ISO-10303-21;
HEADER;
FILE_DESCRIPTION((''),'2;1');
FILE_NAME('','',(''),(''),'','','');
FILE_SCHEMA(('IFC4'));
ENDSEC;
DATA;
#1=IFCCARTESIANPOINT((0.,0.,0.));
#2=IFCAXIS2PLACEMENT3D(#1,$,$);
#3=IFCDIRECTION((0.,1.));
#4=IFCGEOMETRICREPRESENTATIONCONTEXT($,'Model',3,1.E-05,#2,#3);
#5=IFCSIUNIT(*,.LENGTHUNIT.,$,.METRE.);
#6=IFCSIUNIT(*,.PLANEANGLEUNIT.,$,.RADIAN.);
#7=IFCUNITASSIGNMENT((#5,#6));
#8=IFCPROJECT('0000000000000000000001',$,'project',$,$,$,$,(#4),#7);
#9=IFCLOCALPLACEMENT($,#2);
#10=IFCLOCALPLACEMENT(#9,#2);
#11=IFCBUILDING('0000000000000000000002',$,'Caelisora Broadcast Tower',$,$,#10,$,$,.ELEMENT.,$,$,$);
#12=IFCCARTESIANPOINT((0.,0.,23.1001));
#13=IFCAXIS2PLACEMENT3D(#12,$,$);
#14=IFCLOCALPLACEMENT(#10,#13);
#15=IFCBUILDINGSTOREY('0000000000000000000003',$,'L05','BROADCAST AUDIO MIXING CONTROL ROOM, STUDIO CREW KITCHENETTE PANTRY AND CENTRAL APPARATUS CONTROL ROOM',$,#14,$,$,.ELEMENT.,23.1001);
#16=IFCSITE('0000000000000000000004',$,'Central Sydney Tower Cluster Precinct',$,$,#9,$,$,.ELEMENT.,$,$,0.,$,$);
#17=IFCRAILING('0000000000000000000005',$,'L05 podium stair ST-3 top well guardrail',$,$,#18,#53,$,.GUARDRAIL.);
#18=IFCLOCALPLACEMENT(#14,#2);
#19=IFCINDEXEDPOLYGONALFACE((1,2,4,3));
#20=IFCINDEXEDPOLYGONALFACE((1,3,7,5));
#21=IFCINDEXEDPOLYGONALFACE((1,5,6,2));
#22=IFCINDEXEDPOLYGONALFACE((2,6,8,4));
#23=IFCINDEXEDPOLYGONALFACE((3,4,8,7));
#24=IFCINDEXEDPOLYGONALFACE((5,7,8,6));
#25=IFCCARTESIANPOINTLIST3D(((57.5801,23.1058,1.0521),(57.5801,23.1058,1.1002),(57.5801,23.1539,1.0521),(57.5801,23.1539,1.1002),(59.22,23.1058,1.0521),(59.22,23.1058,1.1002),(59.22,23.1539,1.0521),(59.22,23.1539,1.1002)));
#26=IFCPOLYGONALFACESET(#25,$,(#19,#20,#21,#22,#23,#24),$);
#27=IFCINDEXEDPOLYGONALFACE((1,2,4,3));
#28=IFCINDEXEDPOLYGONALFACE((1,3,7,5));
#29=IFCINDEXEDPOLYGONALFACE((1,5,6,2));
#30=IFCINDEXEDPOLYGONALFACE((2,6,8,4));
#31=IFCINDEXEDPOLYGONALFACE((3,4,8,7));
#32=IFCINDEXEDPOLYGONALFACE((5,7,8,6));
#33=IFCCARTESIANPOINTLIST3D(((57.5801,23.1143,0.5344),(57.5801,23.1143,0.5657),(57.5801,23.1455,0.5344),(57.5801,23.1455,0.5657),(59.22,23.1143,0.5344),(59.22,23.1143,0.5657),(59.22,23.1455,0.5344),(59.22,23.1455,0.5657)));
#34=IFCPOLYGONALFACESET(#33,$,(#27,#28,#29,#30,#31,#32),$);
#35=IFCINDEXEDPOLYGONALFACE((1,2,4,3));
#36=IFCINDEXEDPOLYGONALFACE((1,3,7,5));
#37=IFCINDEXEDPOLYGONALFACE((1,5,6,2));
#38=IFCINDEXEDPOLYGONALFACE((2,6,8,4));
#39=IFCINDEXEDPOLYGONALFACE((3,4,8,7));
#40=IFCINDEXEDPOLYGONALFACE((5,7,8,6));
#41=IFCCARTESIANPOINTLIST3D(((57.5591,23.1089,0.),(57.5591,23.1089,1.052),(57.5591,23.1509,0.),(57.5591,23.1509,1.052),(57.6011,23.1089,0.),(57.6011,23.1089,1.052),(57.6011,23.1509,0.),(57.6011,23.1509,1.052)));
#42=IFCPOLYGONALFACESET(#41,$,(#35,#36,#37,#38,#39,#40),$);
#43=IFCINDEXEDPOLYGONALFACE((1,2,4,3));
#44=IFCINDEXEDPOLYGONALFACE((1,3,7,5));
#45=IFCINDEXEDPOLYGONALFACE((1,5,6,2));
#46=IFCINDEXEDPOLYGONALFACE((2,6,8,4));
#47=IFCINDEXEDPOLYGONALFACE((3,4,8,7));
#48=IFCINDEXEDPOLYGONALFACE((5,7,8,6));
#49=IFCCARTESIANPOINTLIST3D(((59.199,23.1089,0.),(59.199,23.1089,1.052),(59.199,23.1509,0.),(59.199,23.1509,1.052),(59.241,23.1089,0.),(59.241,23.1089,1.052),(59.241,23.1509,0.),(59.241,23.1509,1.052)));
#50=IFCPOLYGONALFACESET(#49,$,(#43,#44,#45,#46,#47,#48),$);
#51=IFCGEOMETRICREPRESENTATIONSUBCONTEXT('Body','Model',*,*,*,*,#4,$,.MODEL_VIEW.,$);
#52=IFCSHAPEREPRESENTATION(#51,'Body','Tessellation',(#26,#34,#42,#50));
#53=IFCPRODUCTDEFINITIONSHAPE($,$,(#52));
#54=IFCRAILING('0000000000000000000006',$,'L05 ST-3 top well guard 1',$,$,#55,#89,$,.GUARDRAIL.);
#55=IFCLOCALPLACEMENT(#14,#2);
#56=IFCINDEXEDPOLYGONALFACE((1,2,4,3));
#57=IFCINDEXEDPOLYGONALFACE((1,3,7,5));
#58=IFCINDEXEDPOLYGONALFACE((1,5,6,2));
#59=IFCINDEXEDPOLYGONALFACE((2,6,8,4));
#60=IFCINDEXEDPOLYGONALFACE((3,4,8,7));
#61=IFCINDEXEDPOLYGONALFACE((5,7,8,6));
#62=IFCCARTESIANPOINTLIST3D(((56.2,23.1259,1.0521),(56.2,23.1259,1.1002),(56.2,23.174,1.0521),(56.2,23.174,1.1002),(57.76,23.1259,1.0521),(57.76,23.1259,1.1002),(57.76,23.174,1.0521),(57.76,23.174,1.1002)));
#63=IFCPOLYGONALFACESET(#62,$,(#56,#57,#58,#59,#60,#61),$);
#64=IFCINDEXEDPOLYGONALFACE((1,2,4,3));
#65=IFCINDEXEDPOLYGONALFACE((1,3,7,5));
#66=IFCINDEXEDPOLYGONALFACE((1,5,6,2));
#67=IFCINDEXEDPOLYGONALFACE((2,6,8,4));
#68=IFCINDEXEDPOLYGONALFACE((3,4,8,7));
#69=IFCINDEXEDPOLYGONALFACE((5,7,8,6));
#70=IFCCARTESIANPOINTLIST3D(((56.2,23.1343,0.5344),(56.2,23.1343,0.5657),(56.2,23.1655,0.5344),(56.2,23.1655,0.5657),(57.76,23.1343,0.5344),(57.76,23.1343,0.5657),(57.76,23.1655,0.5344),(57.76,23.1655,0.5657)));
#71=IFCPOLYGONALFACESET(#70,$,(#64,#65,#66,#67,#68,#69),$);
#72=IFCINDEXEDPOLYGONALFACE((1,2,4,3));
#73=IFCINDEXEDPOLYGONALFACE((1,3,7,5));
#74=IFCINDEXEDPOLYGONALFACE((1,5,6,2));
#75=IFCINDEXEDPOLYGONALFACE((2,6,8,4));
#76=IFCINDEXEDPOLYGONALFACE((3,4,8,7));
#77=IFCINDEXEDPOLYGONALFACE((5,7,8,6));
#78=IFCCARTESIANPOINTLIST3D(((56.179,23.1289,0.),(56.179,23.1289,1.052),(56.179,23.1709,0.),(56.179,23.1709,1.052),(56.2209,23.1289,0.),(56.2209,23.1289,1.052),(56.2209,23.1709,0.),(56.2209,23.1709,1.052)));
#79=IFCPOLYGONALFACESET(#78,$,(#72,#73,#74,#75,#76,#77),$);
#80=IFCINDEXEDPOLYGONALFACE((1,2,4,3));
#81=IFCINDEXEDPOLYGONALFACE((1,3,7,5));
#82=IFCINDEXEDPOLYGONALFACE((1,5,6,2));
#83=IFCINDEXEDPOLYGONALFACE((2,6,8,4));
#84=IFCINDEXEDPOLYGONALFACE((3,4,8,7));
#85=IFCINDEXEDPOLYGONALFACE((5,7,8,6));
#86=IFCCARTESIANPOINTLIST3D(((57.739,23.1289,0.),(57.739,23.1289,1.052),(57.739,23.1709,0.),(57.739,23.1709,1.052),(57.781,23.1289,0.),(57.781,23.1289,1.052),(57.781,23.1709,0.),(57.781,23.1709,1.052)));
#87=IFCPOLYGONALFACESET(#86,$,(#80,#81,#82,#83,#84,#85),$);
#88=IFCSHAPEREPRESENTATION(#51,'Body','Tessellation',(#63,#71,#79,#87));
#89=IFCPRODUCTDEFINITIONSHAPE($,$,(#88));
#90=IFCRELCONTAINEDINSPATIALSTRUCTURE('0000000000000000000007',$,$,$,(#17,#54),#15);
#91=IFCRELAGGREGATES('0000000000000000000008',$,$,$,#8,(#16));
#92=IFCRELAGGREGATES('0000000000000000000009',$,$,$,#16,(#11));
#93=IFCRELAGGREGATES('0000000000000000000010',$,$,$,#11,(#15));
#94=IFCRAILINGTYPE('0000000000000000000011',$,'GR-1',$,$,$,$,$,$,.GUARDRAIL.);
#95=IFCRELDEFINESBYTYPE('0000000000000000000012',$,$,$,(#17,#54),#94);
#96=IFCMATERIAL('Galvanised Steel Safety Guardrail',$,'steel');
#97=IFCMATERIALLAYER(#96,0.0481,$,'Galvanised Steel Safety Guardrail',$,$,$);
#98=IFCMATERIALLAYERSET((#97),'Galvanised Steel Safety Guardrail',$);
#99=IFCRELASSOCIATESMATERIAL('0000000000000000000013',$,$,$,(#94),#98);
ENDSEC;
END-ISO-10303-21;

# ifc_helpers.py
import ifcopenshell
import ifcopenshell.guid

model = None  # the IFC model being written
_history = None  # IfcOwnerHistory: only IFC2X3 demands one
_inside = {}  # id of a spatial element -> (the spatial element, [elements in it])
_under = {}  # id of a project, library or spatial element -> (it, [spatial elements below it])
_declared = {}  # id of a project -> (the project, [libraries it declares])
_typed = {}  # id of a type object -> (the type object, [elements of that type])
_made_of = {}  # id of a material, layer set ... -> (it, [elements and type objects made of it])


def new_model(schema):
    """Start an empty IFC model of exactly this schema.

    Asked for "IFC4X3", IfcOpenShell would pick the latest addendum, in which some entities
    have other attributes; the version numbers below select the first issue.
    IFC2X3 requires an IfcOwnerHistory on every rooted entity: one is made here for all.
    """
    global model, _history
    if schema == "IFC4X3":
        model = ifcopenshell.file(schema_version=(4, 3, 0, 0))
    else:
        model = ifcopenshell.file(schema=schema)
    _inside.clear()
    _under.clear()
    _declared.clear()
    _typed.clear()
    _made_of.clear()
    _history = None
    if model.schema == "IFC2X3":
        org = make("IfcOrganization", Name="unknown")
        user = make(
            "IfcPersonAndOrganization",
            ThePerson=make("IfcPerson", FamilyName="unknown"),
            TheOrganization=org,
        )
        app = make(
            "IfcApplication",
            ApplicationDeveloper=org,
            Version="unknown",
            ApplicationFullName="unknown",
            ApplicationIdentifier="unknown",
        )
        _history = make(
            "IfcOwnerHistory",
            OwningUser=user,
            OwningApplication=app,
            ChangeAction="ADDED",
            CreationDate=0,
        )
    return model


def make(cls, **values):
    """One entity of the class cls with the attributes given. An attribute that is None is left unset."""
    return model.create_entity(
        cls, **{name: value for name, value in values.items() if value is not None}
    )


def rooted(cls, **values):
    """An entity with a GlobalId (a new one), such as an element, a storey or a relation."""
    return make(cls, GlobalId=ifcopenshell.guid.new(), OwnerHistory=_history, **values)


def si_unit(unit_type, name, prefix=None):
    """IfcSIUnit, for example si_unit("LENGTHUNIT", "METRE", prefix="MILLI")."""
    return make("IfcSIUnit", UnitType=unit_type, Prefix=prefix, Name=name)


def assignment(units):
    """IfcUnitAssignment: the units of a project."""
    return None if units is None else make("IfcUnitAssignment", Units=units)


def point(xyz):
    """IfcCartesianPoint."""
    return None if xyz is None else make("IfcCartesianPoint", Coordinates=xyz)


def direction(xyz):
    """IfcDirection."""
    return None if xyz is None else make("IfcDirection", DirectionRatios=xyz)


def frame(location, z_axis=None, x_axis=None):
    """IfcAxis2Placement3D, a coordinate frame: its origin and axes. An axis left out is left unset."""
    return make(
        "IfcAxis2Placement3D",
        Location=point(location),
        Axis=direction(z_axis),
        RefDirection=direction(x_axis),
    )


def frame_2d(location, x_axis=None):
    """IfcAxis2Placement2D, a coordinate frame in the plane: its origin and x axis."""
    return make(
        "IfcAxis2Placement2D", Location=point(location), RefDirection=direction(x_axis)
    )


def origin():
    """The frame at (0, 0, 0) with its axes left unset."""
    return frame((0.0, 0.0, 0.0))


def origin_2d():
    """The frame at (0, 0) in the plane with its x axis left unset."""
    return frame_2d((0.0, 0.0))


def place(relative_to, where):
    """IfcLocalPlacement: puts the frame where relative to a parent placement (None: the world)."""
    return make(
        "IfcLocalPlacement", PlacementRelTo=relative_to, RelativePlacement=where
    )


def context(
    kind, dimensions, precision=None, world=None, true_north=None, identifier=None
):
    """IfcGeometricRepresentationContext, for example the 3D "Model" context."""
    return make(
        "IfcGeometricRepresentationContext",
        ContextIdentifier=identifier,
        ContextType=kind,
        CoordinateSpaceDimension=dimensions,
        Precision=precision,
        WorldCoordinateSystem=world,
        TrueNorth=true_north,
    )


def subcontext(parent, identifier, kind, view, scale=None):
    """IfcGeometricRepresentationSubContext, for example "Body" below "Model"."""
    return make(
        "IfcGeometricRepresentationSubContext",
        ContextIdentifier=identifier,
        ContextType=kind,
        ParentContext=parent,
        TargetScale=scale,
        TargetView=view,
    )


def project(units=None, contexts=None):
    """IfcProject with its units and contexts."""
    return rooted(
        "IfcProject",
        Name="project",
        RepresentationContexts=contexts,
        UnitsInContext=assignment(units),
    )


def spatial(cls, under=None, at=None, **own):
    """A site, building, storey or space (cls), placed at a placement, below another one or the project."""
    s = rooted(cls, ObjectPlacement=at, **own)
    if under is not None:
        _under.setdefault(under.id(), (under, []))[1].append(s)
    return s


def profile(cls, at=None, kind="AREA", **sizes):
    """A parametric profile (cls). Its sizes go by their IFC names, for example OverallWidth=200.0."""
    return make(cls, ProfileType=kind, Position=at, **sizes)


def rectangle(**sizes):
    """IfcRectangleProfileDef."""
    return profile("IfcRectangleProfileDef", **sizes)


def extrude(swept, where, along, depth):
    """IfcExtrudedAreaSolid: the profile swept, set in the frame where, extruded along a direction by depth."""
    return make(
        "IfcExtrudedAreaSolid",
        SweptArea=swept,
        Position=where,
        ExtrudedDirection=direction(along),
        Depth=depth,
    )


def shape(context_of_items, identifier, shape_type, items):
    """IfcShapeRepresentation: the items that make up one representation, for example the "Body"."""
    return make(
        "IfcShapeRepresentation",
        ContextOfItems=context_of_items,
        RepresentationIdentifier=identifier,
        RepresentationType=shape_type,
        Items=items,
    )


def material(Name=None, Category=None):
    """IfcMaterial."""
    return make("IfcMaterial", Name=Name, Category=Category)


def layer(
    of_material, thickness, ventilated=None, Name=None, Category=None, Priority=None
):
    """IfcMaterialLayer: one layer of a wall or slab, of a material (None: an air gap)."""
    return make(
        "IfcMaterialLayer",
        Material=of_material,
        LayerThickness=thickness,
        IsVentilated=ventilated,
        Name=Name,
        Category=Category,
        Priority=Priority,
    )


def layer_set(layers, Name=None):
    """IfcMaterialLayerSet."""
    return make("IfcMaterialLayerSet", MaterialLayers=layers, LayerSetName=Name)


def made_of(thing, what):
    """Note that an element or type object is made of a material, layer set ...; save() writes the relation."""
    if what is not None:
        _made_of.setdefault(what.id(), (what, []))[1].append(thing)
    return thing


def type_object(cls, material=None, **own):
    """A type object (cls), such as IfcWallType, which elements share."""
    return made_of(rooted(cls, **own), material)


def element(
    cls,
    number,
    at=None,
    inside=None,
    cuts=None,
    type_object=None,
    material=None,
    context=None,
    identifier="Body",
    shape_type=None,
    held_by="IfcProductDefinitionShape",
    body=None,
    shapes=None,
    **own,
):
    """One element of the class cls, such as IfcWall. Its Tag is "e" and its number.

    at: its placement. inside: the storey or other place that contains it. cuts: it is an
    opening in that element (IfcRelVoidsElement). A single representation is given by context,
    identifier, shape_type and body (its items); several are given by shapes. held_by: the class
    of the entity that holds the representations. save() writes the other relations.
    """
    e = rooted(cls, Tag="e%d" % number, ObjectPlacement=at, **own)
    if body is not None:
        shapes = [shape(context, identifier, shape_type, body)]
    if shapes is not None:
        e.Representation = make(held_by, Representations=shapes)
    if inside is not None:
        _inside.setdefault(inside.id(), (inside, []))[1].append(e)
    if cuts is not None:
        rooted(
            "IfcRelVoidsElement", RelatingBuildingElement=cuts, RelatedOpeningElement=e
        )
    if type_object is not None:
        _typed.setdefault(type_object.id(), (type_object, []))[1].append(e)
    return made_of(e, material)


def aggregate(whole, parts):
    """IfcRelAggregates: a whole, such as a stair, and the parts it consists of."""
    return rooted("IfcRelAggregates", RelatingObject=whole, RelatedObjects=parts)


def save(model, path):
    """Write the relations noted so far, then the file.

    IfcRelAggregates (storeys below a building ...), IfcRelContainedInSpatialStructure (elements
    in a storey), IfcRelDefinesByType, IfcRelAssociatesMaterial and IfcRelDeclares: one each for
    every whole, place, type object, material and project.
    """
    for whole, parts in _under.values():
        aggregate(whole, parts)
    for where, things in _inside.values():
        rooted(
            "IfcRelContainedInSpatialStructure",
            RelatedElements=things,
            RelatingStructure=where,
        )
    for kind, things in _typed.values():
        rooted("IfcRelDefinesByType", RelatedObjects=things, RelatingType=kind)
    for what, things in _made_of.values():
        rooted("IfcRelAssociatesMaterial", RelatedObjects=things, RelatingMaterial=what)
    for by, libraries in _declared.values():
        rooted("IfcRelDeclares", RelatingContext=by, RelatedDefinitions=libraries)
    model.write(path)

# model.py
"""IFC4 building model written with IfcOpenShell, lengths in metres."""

from ifc_helpers import new_model, si_unit, direction, frame, origin, origin_2d, place, context, subcontext, project, spatial, rectangle, extrude, material, layer, layer_set, type_object, element, save


model = new_model("IFC4")

# Units and contexts
model_context = context("Model", 3, precision=1e-05, world=origin(), true_north=direction((0.0, 1.0)))
body_context = subcontext(model_context, "Body", "Model", "MODEL_VIEW")
ifc_project = project(units=[si_unit("LENGTHUNIT", "METRE"), si_unit("PLANEANGLEUNIT", "RADIAN")], contexts=[model_context])

# Site, building, storey
site_placement = place(None, origin())
site = spatial("IfcSite", under=ifc_project, at=site_placement, Name="Central Sydney Tower Cluster Precinct", CompositionType="ELEMENT", RefElevation=0.0)
building_placement = place(site_placement, origin())
building = spatial("IfcBuilding", under=site, at=building_placement, Name="Caelisora Broadcast Tower", CompositionType="ELEMENT")
storey_placement = place(building_placement, frame((0.0, 0.0, 23.1001)))
storey = spatial("IfcBuildingStorey", under=building, at=storey_placement, Name="L05", Description="BROADCAST AUDIO MIXING CONTROL ROOM, STUDIO CREW KITCHENETTE PANTRY AND CENTRAL APPARATUS CONTROL ROOM", CompositionType="ELEMENT", Elevation=23.1001)

# Railings
ifc_material_1 = material(Name="Galvanised Steel Safety Guardrail", Category="steel")
ifc_layer_1 = layer(ifc_material_1, 0.0481, Name="Galvanised Steel Safety Guardrail")
ifc_layer_set_1 = layer_set([ifc_layer_1], Name="Galvanised Steel Safety Guardrail")
railing_type_1 = type_object("IfcRailingType", Name="GR-1", PredefinedType="GUARDRAIL", material=ifc_layer_set_1)
railing_1_placement = place(storey_placement, frame((57.5801, 23.1299, 0.0)))
element("IfcRailing", 1, at=railing_1_placement, inside=storey, type_object=railing_type_1, Name="L05 podium stair ST-3 top well guardrail", PredefinedType="GUARDRAIL", context=body_context, shape_type="SweptSolid", body=[
    extrude(rectangle(XDim=0.0481, YDim=0.0481, at=origin_2d()), frame((0.0, 0.0, 1.0762), z_axis=(1.0, 0.0, 0.0), x_axis=(0.0, 1.0, 0.0)), (0.0, 0.0, 1.0), 1.6399),
    extrude(rectangle(XDim=0.0312, YDim=0.0312, at=origin_2d()), frame((0.0, 0.0, 0.55), z_axis=(1.0, 0.0, 0.0), x_axis=(0.0, 1.0, 0.0)), (0.0, 0.0, 1.0), 1.6399),
    extrude(rectangle(XDim=0.042, YDim=0.042, at=origin_2d()), origin(), (0.0, 0.0, 1.0), 1.052),
    extrude(rectangle(XDim=0.042, YDim=0.042, at=origin_2d()), frame((1.6399, 0.0, 0.0)), (0.0, 0.0, 1.0), 1.052),
])
railing_2_placement = place(storey_placement, frame((56.2, 23.1499, 0.0)))
element("IfcRailing", 2, at=railing_2_placement, inside=storey, type_object=railing_type_1, Name="L05 ST-3 top well guard 1", PredefinedType="GUARDRAIL", context=body_context, shape_type="SweptSolid", body=[
    extrude(rectangle(XDim=0.0481, YDim=0.0481, at=origin_2d()), frame((0.0, 0.0, 1.0762), z_axis=(1.0, 0.0, 0.0), x_axis=(0.0, 1.0, 0.0)), (0.0, 0.0, 1.0), 1.5601),
    extrude(rectangle(XDim=0.0312, YDim=0.0312, at=origin_2d()), frame((0.0, 0.0, 0.55), z_axis=(1.0, 0.0, 0.0), x_axis=(0.0, 1.0, 0.0)), (0.0, 0.0, 1.0), 1.5601),
    extrude(rectangle(XDim=0.042, YDim=0.042, at=origin_2d()), origin(), (0.0, 0.0, 1.0), 1.052),
    extrude(rectangle(XDim=0.042, YDim=0.042, at=origin_2d()), frame((1.5601, 0.0, 0.0)), (0.0, 0.0, 1.0), 1.052),
])

save(model, "model.ifc")
